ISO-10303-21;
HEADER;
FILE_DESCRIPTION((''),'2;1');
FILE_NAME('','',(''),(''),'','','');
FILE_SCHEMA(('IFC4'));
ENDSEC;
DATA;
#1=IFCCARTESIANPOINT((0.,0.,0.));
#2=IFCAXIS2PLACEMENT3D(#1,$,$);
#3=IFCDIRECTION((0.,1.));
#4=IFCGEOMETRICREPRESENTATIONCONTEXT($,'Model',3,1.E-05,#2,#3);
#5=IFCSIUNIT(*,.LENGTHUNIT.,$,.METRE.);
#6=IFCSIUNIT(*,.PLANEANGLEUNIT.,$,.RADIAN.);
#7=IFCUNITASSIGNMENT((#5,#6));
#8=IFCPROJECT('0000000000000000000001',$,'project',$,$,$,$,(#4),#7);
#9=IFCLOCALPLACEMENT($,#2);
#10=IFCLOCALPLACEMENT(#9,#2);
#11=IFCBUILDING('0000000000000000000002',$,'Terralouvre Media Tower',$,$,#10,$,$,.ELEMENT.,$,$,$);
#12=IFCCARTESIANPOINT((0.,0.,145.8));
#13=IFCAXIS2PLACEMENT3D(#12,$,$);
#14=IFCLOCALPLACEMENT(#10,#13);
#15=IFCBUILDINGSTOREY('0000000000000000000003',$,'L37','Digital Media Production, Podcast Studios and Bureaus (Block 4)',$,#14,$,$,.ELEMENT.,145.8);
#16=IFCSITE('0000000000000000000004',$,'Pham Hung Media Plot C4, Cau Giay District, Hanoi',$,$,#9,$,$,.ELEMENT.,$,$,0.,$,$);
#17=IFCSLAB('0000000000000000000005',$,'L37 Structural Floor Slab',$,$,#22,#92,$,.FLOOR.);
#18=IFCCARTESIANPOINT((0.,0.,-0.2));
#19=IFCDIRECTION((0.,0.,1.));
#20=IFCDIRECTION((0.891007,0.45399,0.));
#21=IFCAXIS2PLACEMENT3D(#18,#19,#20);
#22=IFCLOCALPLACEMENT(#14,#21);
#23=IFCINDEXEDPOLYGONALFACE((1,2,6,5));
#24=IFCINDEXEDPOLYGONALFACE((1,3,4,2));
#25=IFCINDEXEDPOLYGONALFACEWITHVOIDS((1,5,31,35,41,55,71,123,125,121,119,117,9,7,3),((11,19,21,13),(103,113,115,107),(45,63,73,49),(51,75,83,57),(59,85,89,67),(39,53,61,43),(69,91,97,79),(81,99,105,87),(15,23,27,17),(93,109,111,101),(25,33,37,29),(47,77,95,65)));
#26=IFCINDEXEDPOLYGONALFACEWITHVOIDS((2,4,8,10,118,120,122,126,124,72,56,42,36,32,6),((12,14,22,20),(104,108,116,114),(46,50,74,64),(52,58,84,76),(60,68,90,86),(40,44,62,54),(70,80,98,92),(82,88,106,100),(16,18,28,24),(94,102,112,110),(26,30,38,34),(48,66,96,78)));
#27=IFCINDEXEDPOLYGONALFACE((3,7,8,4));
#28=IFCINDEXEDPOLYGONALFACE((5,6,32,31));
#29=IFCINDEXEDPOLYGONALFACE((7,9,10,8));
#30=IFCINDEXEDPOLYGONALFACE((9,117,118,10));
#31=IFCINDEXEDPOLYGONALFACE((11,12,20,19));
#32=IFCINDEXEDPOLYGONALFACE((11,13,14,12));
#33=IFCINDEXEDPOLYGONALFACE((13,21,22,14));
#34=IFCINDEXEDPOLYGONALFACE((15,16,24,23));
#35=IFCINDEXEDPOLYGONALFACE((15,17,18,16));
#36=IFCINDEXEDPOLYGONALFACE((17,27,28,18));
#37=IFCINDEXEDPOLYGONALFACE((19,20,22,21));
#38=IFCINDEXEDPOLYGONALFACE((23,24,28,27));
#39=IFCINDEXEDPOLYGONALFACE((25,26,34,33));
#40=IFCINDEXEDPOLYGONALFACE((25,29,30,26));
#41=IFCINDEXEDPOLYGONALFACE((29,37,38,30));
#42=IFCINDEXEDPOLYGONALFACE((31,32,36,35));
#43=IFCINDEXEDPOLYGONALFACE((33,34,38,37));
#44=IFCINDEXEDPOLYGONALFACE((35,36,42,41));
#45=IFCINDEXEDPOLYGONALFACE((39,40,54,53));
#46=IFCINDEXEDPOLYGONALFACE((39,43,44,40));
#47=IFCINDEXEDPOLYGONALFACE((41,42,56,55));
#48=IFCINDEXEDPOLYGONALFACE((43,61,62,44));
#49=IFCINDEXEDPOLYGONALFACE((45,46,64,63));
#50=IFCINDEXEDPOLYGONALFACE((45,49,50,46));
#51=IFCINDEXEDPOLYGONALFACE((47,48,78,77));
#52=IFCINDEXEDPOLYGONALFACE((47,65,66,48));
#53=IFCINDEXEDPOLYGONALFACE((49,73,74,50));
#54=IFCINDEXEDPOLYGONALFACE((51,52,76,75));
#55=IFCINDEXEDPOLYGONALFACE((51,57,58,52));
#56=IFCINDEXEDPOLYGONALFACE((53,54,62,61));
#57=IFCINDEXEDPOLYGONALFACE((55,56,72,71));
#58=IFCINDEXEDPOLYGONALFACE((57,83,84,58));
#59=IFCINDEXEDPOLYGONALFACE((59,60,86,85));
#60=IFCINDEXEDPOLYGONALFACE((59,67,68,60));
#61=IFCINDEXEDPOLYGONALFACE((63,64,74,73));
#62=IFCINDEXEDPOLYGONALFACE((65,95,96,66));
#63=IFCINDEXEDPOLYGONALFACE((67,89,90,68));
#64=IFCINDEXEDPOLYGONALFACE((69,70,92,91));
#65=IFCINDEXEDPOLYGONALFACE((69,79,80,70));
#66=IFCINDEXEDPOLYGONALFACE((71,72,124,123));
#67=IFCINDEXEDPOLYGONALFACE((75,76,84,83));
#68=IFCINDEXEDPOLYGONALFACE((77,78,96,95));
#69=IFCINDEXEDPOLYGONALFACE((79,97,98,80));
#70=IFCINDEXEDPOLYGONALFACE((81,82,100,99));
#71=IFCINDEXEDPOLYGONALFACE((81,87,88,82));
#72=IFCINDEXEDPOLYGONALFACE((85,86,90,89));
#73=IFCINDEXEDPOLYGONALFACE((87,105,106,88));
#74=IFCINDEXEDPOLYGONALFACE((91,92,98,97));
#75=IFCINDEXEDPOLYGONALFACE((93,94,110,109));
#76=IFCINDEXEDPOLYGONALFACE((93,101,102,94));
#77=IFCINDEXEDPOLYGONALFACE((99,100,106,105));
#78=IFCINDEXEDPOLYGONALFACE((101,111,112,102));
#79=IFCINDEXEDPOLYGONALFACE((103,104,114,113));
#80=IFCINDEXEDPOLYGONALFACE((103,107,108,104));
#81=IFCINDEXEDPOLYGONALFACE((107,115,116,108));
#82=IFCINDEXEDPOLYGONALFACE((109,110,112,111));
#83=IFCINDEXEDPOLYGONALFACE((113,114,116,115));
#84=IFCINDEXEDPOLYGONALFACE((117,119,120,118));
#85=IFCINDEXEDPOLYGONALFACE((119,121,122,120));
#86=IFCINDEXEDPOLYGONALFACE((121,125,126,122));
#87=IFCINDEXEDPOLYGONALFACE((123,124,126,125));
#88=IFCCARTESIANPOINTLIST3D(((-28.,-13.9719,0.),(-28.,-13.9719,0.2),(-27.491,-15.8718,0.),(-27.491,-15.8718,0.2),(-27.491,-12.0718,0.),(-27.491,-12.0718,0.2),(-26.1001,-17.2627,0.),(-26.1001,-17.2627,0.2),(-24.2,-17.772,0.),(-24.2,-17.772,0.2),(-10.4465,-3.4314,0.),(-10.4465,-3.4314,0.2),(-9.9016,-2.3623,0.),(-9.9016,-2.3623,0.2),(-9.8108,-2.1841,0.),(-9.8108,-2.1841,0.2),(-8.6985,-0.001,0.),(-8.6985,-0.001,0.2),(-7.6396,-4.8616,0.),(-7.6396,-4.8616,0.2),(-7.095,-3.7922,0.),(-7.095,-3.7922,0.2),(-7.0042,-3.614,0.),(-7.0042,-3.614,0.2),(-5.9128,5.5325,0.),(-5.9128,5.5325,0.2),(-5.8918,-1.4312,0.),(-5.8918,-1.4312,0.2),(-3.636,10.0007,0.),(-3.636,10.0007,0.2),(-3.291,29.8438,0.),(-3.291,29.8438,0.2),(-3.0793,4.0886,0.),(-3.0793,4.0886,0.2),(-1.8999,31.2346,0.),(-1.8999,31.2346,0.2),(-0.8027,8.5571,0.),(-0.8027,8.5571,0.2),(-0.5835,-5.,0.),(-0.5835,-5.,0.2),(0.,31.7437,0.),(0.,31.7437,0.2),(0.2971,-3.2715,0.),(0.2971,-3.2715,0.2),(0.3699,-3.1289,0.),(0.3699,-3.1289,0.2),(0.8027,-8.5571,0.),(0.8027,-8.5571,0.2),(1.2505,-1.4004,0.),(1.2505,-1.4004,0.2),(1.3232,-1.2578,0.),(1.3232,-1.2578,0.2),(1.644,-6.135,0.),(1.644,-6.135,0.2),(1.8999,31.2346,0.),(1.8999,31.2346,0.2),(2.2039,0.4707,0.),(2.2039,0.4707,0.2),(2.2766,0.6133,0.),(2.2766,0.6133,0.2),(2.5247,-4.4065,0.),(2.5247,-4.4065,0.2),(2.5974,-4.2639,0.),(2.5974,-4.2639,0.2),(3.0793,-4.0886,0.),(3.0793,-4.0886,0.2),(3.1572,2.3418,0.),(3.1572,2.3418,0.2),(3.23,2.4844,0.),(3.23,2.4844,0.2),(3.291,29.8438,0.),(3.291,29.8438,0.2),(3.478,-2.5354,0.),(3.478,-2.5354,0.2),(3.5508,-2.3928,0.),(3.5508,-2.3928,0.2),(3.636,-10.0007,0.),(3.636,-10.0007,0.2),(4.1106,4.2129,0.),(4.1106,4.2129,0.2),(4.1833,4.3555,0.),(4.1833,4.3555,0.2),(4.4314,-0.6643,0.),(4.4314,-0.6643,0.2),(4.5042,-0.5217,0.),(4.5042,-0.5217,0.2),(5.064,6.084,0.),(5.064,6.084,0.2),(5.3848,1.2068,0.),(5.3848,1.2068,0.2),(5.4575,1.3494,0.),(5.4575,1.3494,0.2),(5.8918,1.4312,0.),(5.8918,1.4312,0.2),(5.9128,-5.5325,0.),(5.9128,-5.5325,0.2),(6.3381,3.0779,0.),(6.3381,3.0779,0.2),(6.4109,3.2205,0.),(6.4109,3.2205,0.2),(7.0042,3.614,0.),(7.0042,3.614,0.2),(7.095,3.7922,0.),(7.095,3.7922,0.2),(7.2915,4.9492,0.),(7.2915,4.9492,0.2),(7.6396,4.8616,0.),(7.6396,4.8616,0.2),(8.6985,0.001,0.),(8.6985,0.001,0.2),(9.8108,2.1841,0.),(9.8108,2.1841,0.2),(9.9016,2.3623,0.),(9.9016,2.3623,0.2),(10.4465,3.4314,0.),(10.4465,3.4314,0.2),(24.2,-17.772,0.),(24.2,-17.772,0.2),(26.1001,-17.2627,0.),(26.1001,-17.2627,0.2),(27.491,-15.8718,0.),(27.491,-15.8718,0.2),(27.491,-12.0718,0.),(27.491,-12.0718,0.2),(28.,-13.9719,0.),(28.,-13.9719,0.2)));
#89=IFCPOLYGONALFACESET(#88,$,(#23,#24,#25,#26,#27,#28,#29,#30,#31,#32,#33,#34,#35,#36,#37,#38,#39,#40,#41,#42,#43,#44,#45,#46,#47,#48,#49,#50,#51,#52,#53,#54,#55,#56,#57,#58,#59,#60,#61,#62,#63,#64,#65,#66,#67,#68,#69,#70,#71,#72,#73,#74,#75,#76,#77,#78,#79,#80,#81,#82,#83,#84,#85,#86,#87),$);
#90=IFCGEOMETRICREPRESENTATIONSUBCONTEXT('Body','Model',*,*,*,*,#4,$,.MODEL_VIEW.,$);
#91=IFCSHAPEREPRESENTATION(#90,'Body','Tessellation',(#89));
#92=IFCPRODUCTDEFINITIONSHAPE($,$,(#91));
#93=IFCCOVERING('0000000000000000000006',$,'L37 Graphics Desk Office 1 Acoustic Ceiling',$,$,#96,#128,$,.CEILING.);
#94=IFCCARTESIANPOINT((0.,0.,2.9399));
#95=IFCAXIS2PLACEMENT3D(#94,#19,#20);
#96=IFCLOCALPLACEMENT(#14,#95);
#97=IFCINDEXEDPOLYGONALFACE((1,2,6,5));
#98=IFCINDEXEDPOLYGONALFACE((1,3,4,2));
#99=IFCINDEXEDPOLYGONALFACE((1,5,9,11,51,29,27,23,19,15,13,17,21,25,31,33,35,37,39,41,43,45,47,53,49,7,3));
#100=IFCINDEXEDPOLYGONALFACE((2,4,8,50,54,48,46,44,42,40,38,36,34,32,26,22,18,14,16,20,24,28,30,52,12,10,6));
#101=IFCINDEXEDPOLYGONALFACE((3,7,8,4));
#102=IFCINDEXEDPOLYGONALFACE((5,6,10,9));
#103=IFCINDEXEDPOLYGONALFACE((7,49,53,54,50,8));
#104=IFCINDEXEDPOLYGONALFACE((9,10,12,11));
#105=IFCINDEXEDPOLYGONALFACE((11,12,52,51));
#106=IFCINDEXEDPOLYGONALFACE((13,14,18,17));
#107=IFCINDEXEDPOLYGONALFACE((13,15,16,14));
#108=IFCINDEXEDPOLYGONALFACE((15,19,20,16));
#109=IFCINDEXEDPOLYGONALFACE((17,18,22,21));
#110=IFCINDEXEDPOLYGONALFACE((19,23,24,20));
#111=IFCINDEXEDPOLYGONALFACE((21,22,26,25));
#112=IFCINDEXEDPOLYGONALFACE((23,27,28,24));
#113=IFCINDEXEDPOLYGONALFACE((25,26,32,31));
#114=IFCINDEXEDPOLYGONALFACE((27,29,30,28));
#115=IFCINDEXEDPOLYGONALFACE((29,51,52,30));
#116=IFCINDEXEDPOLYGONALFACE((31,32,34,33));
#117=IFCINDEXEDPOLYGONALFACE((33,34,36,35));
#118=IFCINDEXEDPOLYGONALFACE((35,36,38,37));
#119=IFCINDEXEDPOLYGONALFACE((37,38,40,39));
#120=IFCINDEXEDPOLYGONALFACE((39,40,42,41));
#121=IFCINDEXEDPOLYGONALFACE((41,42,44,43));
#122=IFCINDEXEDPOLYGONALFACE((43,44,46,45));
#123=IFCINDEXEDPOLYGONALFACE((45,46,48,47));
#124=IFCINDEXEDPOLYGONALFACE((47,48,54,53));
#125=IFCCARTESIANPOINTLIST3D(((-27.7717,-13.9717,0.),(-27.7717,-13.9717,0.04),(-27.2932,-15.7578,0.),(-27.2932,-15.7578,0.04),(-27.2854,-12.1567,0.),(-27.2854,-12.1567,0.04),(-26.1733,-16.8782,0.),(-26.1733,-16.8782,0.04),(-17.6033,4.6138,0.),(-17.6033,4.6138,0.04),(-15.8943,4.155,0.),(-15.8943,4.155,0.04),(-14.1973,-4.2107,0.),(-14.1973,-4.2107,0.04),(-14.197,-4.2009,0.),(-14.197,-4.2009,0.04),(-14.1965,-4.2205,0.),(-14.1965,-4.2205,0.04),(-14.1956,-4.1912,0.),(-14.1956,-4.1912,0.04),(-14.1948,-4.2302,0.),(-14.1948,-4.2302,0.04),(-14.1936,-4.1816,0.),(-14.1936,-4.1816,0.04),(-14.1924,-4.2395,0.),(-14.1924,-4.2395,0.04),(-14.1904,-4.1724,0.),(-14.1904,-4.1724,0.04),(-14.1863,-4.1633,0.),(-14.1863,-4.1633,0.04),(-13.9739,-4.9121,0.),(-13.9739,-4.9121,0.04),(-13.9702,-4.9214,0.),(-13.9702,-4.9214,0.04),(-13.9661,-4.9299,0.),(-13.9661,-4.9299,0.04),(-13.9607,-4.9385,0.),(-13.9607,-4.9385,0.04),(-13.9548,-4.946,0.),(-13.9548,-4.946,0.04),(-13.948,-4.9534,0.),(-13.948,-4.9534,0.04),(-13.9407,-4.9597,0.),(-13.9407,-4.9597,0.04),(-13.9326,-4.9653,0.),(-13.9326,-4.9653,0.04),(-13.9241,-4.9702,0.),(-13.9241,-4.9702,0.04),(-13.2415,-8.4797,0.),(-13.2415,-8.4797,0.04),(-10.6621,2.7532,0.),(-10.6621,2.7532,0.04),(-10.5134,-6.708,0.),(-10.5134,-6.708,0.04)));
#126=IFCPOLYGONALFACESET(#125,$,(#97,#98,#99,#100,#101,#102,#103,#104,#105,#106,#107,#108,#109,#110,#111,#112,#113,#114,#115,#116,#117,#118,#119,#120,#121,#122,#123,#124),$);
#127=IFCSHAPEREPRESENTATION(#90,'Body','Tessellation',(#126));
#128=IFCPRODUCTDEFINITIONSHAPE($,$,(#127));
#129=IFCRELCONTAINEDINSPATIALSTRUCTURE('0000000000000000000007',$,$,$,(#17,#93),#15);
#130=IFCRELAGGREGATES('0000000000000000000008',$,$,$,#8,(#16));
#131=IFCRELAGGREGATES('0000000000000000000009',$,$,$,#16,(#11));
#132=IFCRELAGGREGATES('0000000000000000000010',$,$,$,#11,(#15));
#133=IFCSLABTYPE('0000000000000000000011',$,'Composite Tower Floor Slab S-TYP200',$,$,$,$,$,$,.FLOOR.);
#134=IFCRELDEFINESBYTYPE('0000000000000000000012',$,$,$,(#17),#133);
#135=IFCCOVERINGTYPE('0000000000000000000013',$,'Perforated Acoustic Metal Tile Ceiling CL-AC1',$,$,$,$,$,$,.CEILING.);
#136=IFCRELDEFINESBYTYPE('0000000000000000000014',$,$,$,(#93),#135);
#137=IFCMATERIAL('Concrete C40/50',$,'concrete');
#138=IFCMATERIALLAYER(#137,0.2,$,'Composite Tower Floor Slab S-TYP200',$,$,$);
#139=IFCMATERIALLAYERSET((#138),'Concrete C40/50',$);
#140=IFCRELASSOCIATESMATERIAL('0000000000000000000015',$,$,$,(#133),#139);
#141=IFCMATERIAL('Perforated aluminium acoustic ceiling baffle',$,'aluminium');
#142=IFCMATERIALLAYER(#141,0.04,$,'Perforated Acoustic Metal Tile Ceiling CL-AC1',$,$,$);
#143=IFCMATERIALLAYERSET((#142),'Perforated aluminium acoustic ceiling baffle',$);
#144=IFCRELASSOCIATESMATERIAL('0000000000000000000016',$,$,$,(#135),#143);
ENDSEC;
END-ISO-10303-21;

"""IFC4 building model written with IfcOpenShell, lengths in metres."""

from ifc_helpers import new_model, si_unit, direction, frame, origin, place, context, subcontext, project, spatial, polyline, outline, extrude, material, layer, layer_set, type_object, element, save


model = new_model("IFC4")

# Units and contexts
model_context = context("Model", 3, precision=1e-05, world=origin(), true_north=direction((0.0, 1.0)))
body_context = subcontext(model_context, "Body", "Model", "MODEL_VIEW")
ifc_project = project(units=[si_unit("LENGTHUNIT", "METRE"), si_unit("PLANEANGLEUNIT", "RADIAN")], contexts=[model_context])

# Site, building, storey
site_placement = place(None, origin())
site = spatial("IfcSite", under=ifc_project, at=site_placement, Name="Pham Hung Media Plot C4, Cau Giay District, Hanoi", CompositionType="ELEMENT", RefElevation=0.0)
building_placement = place(site_placement, origin())
building = spatial("IfcBuilding", under=site, at=building_placement, Name="Terralouvre Media Tower", CompositionType="ELEMENT")
storey_placement = place(building_placement, frame((0.0, 0.0, 145.8)))
storey = spatial("IfcBuildingStorey", under=building, at=storey_placement, Name="L37", Description="Digital Media Production, Podcast Studios and Bureaus (Block 4)", CompositionType="ELEMENT", Elevation=145.8)

# Slab
ifc_material_1 = material(Name="Concrete C40/50", Category="concrete")
ifc_layer_1 = layer(ifc_material_1, 0.2, Name="Composite Tower Floor Slab S-TYP200")
ifc_layer_set_1 = layer_set([ifc_layer_1], Name="Concrete C40/50")
slab_type = type_object("IfcSlabType", Name="Composite Tower Floor Slab S-TYP200", PredefinedType="FLOOR", material=ifc_layer_set_1)
slab_placement = place(storey_placement, frame((0.0, 0.0, -0.2), z_axis=(0.0, 0.0, 1.0), x_axis=(0.891007, 0.45399, 0.0)))
element("IfcSlab", 1, at=slab_placement, inside=storey, type_object=slab_type, Name="L37 Structural Floor Slab", PredefinedType="FLOOR", context=body_context, shape_type="SweptSolid", body=[
    extrude(outline(polyline([(-27.491, -12.0718), (-28.0, -13.9719), (-27.491, -15.8718), (-26.1001, -17.2627), (-24.2, -17.772), (24.2, -17.772), (26.1001, -17.2627), (27.491, -15.8718), (28.0, -13.9719), (27.491, -12.0718), (3.291, 29.8438), (1.8999, 31.2346), (0.0, 31.7437), (-1.8999, 31.2346), (-3.291, 29.8438), (-27.491, -12.0718)]), holes=[polyline([(-7.095, -3.7922), (-7.6396, -4.8616), (-10.4465, -3.4314), (-9.9016, -2.3623), (-7.095, -3.7922)]), polyline([(-7.0042, -3.614), (-9.8108, -2.1841), (-8.6985, -0.001), (-5.8918, -1.4312), (-7.0042, -3.614)]), polyline([(4.5042, -0.5217), (2.2766, 0.6133), (3.1572, 2.3418), (5.3848, 1.2068), (4.5042, -0.5217)]), polyline([(6.3381, 3.0779), (5.4575, 1.3494), (3.23, 2.4844), (4.1106, 4.2129), (6.3381, 3.0779)]), polyline([(-3.0793, 4.0886), (-5.9128, 5.5325), (-3.636, 10.0007), (-0.8027, 8.5571), (-3.0793, 4.0886)]), polyline([(6.4109, 3.2205), (4.1833, 4.3555), (5.064, 6.084), (7.2915, 4.9492), (6.4109, 3.2205)]), polyline([(0.8027, -8.5571), (3.0793, -4.0886), (5.9128, -5.5325), (3.636, -10.0007), (0.8027, -8.5571)]), polyline([(1.644, -6.135), (-0.5835, -5.0), (0.2971, -3.2715), (2.5247, -4.4065), (1.644, -6.135)]), polyline([(2.5974, -4.2639), (0.3699, -3.1289), (1.2505, -1.4004), (3.478, -2.5354), (2.5974, -4.2639)]), polyline([(4.4314, -0.6643), (3.5508, -2.3928), (1.3232, -1.2578), (2.2039, 0.4707), (4.4314, -0.6643)]), polyline([(8.6985, 0.001), (5.8918, 1.4312), (7.0042, 3.614), (9.8108, 2.1841), (8.6985, 0.001)]), polyline([(9.9016, 2.3623), (7.095, 3.7922), (7.6396, 4.8616), (10.4465, 3.4314), (9.9016, 2.3623)])]), origin(), (0.0, 0.0, 1.0), 0.2),
])

# Covering
ifc_material_2 = material(Name="Perforated aluminium acoustic ceiling baffle", Category="aluminium")
ifc_layer_2 = layer(ifc_material_2, 0.04, Name="Perforated Acoustic Metal Tile Ceiling CL-AC1")
ifc_layer_set_2 = layer_set([ifc_layer_2], Name="Perforated aluminium acoustic ceiling baffle")
covering_type = type_object("IfcCoveringType", Name="Perforated Acoustic Metal Tile Ceiling CL-AC1", PredefinedType="CEILING", material=ifc_layer_set_2)
covering_placement = place(storey_placement, frame((0.0, 0.0, 2.9399), z_axis=(0.0, 0.0, 1.0), x_axis=(0.891007, 0.45399, 0.0)))
element("IfcCovering", 2, at=covering_placement, inside=storey, type_object=covering_type, Name="L37 Graphics Desk Office 1 Acoustic Ceiling", PredefinedType="CEILING", context=body_context, shape_type="SweptSolid", body=[
    extrude(outline(polyline([(-10.5134, -6.708), (-13.9241, -4.9702), (-13.9326, -4.9653), (-13.9407, -4.9597), (-13.948, -4.9534), (-13.9548, -4.946), (-13.9607, -4.9385), (-13.9661, -4.9299), (-13.9702, -4.9214), (-13.9739, -4.9121), (-14.1924, -4.2395), (-14.1948, -4.2302), (-14.1965, -4.2205), (-14.1973, -4.2107), (-14.197, -4.2009), (-14.1956, -4.1912), (-14.1936, -4.1816), (-14.1904, -4.1724), (-14.1863, -4.1633), (-10.6621, 2.7532), (-15.8943, 4.155), (-17.6033, 4.6138), (-27.2854, -12.1567), (-27.7717, -13.9717), (-27.2932, -15.7578), (-26.1733, -16.8782), (-13.2415, -8.4797), (-10.5134, -6.708)])), origin(), (0.0, 0.0, 1.0), 0.04),
])

save(model, "model.ifc")
